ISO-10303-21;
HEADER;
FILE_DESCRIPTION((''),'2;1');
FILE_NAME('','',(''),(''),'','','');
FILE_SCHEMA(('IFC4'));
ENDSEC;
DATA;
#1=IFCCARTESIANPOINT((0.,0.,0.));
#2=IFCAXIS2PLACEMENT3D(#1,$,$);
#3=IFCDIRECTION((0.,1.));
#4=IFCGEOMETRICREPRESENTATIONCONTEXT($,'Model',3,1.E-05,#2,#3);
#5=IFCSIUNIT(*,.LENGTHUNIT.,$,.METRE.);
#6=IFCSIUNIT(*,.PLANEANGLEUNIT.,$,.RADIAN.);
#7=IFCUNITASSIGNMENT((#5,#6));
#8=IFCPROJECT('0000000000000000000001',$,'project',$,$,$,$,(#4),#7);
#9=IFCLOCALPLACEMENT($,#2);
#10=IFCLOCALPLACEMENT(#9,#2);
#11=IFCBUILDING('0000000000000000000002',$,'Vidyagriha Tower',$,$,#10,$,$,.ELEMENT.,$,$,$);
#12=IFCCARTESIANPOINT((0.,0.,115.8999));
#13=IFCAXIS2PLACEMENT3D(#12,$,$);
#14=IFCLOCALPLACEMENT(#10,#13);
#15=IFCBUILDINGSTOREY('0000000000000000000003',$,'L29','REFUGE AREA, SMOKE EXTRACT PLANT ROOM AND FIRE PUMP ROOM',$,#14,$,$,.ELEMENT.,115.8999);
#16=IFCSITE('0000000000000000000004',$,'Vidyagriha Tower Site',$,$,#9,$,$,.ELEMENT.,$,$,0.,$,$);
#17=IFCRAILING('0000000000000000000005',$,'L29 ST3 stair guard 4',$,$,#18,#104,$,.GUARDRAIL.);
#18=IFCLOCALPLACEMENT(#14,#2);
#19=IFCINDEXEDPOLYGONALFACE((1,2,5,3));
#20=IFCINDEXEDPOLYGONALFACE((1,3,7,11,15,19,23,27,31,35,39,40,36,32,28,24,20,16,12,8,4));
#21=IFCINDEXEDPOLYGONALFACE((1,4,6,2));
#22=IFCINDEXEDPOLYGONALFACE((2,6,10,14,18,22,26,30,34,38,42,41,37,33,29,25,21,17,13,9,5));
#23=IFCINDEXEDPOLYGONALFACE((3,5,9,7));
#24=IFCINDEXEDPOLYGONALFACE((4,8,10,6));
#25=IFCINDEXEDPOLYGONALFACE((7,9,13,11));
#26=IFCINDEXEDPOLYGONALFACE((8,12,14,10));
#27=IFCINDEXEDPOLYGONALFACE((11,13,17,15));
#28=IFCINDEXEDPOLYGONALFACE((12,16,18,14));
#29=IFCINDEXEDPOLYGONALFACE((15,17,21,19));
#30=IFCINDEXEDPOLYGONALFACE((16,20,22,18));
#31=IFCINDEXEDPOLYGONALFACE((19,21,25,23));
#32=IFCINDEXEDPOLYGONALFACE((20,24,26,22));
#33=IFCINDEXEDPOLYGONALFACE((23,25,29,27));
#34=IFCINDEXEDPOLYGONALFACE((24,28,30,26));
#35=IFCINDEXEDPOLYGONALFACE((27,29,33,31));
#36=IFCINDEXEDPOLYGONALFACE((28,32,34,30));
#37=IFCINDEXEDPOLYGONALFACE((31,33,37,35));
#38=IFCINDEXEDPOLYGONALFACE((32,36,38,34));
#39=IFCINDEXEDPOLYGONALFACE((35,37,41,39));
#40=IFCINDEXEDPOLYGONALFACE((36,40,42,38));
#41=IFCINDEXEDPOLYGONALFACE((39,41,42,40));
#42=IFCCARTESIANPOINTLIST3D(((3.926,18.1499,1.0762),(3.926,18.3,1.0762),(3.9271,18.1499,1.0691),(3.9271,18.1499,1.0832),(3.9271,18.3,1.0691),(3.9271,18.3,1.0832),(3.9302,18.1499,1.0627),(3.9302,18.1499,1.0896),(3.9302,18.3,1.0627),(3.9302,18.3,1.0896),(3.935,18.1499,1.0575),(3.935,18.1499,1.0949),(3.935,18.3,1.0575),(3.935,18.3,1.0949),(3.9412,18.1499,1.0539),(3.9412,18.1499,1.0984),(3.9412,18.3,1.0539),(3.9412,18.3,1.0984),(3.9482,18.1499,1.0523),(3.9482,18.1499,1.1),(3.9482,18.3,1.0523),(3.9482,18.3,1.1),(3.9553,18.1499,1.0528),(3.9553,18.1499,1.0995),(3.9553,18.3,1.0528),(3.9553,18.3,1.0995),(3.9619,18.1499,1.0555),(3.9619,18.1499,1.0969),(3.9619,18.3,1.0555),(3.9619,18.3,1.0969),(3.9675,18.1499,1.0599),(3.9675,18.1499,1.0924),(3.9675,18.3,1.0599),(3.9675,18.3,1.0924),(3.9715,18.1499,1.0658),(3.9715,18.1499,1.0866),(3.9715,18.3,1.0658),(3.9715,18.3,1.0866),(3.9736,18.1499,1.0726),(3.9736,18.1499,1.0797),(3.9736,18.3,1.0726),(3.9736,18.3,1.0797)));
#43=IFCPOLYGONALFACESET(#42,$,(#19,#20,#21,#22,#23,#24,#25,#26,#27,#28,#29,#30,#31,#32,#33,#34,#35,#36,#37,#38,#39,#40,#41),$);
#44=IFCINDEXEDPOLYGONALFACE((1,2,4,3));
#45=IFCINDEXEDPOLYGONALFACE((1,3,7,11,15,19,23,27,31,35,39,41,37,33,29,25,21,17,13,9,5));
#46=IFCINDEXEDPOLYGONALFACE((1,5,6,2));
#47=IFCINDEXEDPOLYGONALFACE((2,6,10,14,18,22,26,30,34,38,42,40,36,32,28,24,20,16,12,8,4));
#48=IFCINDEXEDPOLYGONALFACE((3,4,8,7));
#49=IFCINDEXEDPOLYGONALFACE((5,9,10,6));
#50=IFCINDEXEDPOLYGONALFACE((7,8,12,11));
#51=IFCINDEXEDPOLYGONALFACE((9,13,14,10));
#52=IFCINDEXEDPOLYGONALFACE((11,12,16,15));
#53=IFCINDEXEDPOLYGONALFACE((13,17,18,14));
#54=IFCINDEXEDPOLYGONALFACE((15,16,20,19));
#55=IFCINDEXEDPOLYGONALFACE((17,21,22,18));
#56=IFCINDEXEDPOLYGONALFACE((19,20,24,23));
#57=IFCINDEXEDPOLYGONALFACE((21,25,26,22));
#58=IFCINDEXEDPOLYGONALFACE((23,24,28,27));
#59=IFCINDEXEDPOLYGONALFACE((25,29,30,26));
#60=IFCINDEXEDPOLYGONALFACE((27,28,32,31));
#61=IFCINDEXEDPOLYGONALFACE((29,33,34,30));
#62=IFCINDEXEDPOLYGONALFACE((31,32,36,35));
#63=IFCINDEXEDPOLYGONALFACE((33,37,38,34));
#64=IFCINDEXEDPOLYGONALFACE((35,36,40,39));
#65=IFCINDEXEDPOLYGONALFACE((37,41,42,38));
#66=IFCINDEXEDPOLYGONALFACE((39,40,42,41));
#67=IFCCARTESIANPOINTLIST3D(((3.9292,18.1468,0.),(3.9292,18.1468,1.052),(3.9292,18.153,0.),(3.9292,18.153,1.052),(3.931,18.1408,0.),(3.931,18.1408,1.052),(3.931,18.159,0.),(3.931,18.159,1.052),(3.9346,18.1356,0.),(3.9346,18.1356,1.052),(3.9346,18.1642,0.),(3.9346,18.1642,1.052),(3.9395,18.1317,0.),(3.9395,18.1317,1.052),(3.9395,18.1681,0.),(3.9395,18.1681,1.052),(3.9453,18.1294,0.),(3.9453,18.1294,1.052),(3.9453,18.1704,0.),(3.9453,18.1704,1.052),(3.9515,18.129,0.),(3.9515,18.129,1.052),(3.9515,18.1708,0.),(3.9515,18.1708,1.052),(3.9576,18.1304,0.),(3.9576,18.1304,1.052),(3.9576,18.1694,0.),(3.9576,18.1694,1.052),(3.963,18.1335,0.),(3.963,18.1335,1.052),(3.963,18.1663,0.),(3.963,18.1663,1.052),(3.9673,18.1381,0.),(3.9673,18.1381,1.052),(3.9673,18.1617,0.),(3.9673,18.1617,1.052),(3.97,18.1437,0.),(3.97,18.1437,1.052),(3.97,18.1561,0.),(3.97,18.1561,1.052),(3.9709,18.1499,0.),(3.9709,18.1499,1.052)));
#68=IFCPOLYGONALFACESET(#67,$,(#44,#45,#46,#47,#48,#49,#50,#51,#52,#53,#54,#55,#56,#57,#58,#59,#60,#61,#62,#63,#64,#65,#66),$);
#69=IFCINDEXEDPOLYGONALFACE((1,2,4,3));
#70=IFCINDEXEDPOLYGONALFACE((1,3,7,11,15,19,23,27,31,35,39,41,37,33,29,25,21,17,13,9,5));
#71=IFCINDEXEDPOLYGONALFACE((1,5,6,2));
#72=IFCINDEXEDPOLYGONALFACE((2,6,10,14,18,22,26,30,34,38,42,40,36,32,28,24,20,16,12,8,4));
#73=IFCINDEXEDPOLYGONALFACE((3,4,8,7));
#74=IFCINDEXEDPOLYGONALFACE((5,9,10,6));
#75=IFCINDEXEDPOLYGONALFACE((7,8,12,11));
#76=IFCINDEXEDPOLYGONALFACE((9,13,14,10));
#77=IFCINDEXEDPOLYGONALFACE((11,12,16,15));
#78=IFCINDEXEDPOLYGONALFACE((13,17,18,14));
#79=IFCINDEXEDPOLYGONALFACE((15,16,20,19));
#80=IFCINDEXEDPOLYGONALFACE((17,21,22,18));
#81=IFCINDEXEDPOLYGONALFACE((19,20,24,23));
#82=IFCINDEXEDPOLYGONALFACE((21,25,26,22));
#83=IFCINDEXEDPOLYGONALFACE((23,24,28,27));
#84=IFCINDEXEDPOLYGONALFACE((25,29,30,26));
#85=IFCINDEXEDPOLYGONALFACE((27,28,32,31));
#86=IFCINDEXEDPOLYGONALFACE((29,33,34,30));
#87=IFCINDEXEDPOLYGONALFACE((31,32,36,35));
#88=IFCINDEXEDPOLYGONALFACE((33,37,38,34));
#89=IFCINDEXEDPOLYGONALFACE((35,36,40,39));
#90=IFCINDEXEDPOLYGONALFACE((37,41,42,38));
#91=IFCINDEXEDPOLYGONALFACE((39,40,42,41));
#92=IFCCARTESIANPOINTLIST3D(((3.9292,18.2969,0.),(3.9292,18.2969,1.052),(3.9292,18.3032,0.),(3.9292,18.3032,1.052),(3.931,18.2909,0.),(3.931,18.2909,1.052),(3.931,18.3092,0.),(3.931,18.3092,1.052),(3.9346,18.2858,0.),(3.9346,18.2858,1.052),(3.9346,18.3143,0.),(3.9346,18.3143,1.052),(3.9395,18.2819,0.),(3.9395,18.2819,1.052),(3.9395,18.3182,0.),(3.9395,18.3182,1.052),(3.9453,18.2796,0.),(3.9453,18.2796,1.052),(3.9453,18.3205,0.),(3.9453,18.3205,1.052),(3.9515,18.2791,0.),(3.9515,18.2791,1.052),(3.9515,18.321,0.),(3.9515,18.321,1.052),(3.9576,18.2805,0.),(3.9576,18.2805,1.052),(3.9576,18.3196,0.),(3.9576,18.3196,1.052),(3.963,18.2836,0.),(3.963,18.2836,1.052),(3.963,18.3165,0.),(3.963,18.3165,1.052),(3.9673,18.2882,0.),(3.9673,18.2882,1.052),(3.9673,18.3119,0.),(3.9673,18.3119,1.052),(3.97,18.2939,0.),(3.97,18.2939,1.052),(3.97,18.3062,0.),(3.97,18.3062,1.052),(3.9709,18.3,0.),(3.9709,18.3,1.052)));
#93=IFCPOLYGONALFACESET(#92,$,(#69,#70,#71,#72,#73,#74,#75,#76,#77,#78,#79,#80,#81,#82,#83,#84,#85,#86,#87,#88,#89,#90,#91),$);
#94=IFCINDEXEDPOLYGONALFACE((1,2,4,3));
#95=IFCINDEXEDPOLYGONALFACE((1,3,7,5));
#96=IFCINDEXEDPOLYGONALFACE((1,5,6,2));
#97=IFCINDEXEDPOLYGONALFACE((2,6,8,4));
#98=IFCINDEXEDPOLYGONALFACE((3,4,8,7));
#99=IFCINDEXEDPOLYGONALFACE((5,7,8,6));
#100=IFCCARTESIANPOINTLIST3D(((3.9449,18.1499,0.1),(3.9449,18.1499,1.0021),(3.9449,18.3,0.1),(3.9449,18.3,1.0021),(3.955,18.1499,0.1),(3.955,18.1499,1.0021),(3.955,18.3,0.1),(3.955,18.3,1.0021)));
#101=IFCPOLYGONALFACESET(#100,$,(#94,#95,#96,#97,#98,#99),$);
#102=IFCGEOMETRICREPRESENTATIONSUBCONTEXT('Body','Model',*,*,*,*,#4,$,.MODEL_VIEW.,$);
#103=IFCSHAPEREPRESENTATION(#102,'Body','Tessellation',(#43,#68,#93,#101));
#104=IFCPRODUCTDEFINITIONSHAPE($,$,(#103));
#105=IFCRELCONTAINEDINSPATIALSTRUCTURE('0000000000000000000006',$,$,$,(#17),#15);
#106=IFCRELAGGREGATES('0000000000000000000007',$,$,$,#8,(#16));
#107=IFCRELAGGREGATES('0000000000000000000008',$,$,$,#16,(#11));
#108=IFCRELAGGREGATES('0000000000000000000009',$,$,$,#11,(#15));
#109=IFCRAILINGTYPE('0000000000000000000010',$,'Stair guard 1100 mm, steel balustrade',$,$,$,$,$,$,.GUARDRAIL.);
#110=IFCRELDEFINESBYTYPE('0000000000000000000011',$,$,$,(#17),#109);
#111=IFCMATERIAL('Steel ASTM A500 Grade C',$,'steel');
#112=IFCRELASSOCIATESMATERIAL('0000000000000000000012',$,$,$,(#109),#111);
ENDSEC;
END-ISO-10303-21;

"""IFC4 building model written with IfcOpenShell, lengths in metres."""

from ifc_helpers import new_model, si_unit, direction, frame, origin, origin_2d, place, context, subcontext, project, spatial, rectangle, circle, extrude, material, type_object, element, save


model = new_model("IFC4")

# Units and contexts
model_context = context("Model", 3, precision=1e-05, world=origin(), true_north=direction((0.0, 1.0)))
body_context = subcontext(model_context, "Body", "Model", "MODEL_VIEW")
ifc_project = project(units=[si_unit("LENGTHUNIT", "METRE"), si_unit("PLANEANGLEUNIT", "RADIAN")], contexts=[model_context])

# Site, building, storey
site_placement = place(None, origin())
site = spatial("IfcSite", under=ifc_project, at=site_placement, Name="Vidyagriha Tower Site", CompositionType="ELEMENT", RefElevation=0.0)
building_placement = place(site_placement, origin())
building = spatial("IfcBuilding", under=site, at=building_placement, Name="Vidyagriha Tower", CompositionType="ELEMENT")
storey_placement = place(building_placement, frame((0.0, 0.0, 115.8999)))
storey = spatial("IfcBuildingStorey", under=building, at=storey_placement, Name="L29", Description="REFUGE AREA, SMOKE EXTRACT PLANT ROOM AND FIRE PUMP ROOM", CompositionType="ELEMENT", Elevation=115.8999)

# Railing
ifc_material_1 = material(Name="Steel ASTM A500 Grade C", Category="steel")
railing_type_1 = type_object("IfcRailingType", Name="Stair guard 1100 mm, steel balustrade", PredefinedType="GUARDRAIL", material=ifc_material_1)
railing_1_placement = place(storey_placement, frame((3.95, 18.1499, 0.0)))
element("IfcRailing", 1, at=railing_1_placement, inside=storey, type_object=railing_type_1, Name="L29 ST3 stair guard 4", PredefinedType="GUARDRAIL", context=body_context, shape_type="SweptSolid", body=[
    extrude(circle(Radius=0.0239, at=origin_2d()), frame((0.0, 0.0, 1.0762), z_axis=(0.0, 1.0, 0.0), x_axis=(-1.0, 0.0, 0.0)), (0.0, 0.0, 1.0), 0.1501),
    extrude(circle(Radius=0.021, at=origin_2d()), origin(), (0.0, 0.0, 1.0), 1.052),
    extrude(circle(Radius=0.021, at=origin_2d()), frame((0.0, 0.1501, 0.0)), (0.0, 0.0, 1.0), 1.052),
    extrude(rectangle(XDim=0.01, YDim=0.9021, at=origin_2d()), frame((0.0, 0.0, 0.551), z_axis=(0.0, 1.0, 0.0), x_axis=(-1.0, 0.0, 0.0)), (0.0, 0.0, 1.0), 0.1501),
])

save(model, "model.ifc")
